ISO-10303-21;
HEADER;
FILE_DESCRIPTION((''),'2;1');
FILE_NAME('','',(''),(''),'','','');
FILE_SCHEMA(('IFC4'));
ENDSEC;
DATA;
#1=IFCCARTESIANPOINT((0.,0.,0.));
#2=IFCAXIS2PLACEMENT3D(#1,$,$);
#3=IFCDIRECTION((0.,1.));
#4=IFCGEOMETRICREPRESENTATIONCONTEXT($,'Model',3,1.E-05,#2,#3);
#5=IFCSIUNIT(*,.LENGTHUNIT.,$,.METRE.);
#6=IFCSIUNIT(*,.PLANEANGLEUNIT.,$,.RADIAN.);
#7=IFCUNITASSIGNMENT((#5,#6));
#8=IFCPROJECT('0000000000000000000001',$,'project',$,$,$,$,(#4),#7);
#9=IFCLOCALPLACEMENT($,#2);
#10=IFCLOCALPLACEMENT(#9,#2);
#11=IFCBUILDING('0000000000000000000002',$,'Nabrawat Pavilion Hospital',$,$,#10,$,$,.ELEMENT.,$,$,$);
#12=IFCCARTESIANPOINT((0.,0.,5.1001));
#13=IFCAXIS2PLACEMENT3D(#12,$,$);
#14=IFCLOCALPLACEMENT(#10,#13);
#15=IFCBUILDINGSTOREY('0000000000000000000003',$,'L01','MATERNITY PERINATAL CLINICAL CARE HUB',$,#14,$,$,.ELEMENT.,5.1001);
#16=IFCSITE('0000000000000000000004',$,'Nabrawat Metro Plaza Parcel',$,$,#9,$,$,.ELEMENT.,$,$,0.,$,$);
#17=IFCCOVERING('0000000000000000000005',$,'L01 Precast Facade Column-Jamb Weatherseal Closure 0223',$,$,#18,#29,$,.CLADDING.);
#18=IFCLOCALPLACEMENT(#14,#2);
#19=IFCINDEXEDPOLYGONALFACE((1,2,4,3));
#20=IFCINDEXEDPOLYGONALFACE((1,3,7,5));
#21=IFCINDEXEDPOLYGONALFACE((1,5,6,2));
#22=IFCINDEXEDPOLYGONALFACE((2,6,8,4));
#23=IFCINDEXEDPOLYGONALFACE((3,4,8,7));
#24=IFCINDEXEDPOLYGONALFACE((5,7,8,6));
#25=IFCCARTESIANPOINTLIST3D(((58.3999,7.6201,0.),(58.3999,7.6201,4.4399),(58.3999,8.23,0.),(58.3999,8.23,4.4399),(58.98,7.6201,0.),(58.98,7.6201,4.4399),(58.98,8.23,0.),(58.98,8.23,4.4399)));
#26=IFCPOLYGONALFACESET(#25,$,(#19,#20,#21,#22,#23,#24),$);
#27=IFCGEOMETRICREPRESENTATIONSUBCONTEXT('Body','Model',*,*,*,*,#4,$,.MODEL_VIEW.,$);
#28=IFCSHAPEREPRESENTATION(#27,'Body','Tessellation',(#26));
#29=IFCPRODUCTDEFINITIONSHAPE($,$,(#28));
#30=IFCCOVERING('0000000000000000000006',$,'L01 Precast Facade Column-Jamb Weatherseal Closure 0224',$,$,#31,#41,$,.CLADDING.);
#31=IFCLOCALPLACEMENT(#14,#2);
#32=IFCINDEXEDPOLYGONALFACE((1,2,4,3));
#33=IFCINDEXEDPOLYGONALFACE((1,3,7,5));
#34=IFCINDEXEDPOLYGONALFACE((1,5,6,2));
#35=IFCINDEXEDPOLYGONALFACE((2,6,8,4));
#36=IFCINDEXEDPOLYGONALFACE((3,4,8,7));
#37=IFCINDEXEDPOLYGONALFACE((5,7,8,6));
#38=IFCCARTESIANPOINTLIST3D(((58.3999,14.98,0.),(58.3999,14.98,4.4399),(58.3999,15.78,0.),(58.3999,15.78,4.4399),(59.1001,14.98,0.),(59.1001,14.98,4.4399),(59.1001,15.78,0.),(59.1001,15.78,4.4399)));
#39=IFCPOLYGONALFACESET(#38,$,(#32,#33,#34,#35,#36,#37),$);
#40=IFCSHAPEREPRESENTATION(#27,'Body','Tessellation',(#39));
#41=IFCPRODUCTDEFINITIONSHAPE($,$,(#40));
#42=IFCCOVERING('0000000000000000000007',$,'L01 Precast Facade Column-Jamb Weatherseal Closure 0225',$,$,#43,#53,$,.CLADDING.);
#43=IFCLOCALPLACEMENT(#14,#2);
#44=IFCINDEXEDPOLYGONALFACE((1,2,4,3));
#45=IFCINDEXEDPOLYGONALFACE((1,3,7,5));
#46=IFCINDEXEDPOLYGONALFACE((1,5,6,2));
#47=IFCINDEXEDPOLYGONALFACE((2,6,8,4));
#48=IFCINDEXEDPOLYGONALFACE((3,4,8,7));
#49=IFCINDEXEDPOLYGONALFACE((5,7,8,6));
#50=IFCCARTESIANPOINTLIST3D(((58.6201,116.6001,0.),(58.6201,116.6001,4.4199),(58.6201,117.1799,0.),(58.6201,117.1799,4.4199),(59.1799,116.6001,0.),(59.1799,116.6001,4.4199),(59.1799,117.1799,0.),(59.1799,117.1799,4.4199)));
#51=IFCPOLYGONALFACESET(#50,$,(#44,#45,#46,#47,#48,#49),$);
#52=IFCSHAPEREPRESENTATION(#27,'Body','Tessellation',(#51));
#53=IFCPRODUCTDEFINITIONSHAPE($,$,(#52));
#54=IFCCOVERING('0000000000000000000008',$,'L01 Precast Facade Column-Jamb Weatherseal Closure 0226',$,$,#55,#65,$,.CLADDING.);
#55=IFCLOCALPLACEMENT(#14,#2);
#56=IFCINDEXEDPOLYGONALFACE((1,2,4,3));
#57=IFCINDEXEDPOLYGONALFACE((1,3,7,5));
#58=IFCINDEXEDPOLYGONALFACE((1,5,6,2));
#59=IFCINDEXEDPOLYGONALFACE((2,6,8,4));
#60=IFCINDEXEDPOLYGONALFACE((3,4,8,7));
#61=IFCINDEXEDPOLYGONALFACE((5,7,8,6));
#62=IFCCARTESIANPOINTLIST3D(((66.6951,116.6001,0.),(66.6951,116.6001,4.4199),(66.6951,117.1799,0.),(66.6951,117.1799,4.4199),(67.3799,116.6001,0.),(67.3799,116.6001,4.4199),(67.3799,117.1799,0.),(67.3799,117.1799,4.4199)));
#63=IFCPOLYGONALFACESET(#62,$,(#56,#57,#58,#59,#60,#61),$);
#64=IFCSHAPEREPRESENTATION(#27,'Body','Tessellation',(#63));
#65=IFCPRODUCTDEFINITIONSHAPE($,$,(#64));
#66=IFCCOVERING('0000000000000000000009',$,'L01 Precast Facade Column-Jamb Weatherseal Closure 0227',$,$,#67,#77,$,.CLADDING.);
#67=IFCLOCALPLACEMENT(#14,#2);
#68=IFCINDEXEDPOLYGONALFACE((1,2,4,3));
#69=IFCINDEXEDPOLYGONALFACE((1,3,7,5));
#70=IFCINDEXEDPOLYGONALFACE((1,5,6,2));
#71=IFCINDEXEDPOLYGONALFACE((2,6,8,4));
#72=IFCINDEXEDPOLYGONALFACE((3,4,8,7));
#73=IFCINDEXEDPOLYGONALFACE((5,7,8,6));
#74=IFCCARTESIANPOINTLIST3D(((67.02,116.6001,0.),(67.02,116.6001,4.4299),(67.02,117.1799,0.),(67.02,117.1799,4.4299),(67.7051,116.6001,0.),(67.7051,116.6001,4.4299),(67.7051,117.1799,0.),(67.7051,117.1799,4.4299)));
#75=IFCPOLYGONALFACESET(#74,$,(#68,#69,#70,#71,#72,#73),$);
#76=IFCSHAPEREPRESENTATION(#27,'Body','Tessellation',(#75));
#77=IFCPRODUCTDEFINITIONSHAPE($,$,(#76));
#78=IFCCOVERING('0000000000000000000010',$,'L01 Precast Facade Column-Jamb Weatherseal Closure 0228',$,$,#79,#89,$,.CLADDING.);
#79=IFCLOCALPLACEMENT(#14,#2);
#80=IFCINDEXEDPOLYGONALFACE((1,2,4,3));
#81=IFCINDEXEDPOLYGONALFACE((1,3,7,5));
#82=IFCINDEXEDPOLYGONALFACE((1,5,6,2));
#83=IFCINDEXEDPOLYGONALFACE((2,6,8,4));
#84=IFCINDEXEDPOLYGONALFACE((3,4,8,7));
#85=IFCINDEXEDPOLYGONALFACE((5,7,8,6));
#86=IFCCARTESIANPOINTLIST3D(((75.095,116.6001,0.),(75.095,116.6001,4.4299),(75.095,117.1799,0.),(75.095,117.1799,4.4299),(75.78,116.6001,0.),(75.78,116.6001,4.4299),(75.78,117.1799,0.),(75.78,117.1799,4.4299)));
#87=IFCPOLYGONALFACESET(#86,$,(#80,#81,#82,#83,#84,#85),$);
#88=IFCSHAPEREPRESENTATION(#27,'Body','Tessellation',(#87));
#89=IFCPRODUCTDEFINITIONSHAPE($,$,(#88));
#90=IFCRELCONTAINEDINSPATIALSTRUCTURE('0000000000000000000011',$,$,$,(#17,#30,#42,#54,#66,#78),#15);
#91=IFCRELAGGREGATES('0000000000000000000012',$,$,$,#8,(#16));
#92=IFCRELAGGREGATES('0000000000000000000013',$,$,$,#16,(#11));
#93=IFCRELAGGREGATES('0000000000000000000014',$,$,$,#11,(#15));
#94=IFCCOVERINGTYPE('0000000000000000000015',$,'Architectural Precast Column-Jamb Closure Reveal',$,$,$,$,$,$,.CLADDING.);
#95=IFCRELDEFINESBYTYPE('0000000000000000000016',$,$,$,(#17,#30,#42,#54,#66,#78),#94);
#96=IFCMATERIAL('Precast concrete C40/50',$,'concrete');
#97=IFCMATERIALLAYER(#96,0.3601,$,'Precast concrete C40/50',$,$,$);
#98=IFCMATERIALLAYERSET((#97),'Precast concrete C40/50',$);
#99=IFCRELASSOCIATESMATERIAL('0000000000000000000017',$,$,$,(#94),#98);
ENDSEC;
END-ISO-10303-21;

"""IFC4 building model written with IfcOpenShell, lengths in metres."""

from ifc_helpers import new_model, si_unit, direction, frame, origin, place, context, subcontext, project, spatial, polyline, outline, extrude, material, layer, layer_set, type_object, element, save


model = new_model("IFC4")

# Units and contexts
model_context = context("Model", 3, precision=1e-05, world=origin(), true_north=direction((0.0, 1.0)))
body_context = subcontext(model_context, "Body", "Model", "MODEL_VIEW")
ifc_project = project(units=[si_unit("LENGTHUNIT", "METRE"), si_unit("PLANEANGLEUNIT", "RADIAN")], contexts=[model_context])

# Site, building, storey
site_placement = place(None, origin())
site = spatial("IfcSite", under=ifc_project, at=site_placement, Name="Nabrawat Metro Plaza Parcel", CompositionType="ELEMENT", RefElevation=0.0)
building_placement = place(site_placement, origin())
building = spatial("IfcBuilding", under=site, at=building_placement, Name="Nabrawat Pavilion Hospital", CompositionType="ELEMENT")
storey_placement = place(building_placement, frame((0.0, 0.0, 5.1001)))
storey = spatial("IfcBuildingStorey", under=building, at=storey_placement, Name="L01", Description="MATERNITY PERINATAL CLINICAL CARE HUB", CompositionType="ELEMENT", Elevation=5.1001)

# Coverings
ifc_material = material(Name="Precast concrete C40/50", Category="concrete")
ifc_layer = layer(ifc_material, 0.3601, Name="Precast concrete C40/50")
ifc_layer_set = layer_set([ifc_layer], Name="Precast concrete C40/50")
covering_type = type_object("IfcCoveringType", Name="Architectural Precast Column-Jamb Closure Reveal", PredefinedType="CLADDING", material=ifc_layer_set)
covering_1_placement = place(storey_placement, origin())
element("IfcCovering", 1, at=covering_1_placement, inside=storey, type_object=covering_type, Name="L01 Precast Facade Column-Jamb Weatherseal Closure 0223", PredefinedType="CLADDING", context=body_context, shape_type="SweptSolid", body=[
    extrude(outline(polyline([(58.98, 7.6201), (58.98, 8.23), (58.3999, 8.23), (58.3999, 7.6201), (58.98, 7.6201)])), origin(), (0.0, 0.0, 1.0), 4.4399),
])
covering_2_placement = place(storey_placement, origin())
element("IfcCovering", 2, at=covering_2_placement, inside=storey, type_object=covering_type, Name="L01 Precast Facade Column-Jamb Weatherseal Closure 0224", PredefinedType="CLADDING", context=body_context, shape_type="SweptSolid", body=[
    extrude(outline(polyline([(59.1001, 14.98), (59.1001, 15.78), (58.3999, 15.78), (58.3999, 14.98), (59.1001, 14.98)])), origin(), (0.0, 0.0, 1.0), 4.4399),
])
covering_3_placement = place(storey_placement, origin())
element("IfcCovering", 3, at=covering_3_placement, inside=storey, type_object=covering_type, Name="L01 Precast Facade Column-Jamb Weatherseal Closure 0225", PredefinedType="CLADDING", context=body_context, shape_type="SweptSolid", body=[
    extrude(outline(polyline([(59.1799, 116.6001), (59.1799, 117.1799), (58.6201, 117.1799), (58.6201, 116.6001), (59.1799, 116.6001)])), origin(), (0.0, 0.0, 1.0), 4.4199),
])
covering_4_placement = place(storey_placement, origin())
element("IfcCovering", 4, at=covering_4_placement, inside=storey, type_object=covering_type, Name="L01 Precast Facade Column-Jamb Weatherseal Closure 0226", PredefinedType="CLADDING", context=body_context, shape_type="SweptSolid", body=[
    extrude(outline(polyline([(67.3799, 116.6001), (67.3799, 117.1799), (66.6951, 117.1799), (66.6951, 116.6001), (67.3799, 116.6001)])), origin(), (0.0, 0.0, 1.0), 4.4199),
])
covering_5_placement = place(storey_placement, origin())
element("IfcCovering", 5, at=covering_5_placement, inside=storey, type_object=covering_type, Name="L01 Precast Facade Column-Jamb Weatherseal Closure 0227", PredefinedType="CLADDING", context=body_context, shape_type="SweptSolid", body=[
    extrude(outline(polyline([(67.7051, 116.6001), (67.7051, 117.1799), (67.02, 117.1799), (67.02, 116.6001), (67.7051, 116.6001)])), origin(), (0.0, 0.0, 1.0), 4.4299),
])
covering_6_placement = place(storey_placement, origin())
element("IfcCovering", 6, at=covering_6_placement, inside=storey, type_object=covering_type, Name="L01 Precast Facade Column-Jamb Weatherseal Closure 0228", PredefinedType="CLADDING", context=body_context, shape_type="SweptSolid", body=[
    extrude(outline(polyline([(75.78, 116.6001), (75.78, 117.1799), (75.095, 117.1799), (75.095, 116.6001), (75.78, 116.6001)])), origin(), (0.0, 0.0, 1.0), 4.4299),
])

save(model, "model.ifc")
